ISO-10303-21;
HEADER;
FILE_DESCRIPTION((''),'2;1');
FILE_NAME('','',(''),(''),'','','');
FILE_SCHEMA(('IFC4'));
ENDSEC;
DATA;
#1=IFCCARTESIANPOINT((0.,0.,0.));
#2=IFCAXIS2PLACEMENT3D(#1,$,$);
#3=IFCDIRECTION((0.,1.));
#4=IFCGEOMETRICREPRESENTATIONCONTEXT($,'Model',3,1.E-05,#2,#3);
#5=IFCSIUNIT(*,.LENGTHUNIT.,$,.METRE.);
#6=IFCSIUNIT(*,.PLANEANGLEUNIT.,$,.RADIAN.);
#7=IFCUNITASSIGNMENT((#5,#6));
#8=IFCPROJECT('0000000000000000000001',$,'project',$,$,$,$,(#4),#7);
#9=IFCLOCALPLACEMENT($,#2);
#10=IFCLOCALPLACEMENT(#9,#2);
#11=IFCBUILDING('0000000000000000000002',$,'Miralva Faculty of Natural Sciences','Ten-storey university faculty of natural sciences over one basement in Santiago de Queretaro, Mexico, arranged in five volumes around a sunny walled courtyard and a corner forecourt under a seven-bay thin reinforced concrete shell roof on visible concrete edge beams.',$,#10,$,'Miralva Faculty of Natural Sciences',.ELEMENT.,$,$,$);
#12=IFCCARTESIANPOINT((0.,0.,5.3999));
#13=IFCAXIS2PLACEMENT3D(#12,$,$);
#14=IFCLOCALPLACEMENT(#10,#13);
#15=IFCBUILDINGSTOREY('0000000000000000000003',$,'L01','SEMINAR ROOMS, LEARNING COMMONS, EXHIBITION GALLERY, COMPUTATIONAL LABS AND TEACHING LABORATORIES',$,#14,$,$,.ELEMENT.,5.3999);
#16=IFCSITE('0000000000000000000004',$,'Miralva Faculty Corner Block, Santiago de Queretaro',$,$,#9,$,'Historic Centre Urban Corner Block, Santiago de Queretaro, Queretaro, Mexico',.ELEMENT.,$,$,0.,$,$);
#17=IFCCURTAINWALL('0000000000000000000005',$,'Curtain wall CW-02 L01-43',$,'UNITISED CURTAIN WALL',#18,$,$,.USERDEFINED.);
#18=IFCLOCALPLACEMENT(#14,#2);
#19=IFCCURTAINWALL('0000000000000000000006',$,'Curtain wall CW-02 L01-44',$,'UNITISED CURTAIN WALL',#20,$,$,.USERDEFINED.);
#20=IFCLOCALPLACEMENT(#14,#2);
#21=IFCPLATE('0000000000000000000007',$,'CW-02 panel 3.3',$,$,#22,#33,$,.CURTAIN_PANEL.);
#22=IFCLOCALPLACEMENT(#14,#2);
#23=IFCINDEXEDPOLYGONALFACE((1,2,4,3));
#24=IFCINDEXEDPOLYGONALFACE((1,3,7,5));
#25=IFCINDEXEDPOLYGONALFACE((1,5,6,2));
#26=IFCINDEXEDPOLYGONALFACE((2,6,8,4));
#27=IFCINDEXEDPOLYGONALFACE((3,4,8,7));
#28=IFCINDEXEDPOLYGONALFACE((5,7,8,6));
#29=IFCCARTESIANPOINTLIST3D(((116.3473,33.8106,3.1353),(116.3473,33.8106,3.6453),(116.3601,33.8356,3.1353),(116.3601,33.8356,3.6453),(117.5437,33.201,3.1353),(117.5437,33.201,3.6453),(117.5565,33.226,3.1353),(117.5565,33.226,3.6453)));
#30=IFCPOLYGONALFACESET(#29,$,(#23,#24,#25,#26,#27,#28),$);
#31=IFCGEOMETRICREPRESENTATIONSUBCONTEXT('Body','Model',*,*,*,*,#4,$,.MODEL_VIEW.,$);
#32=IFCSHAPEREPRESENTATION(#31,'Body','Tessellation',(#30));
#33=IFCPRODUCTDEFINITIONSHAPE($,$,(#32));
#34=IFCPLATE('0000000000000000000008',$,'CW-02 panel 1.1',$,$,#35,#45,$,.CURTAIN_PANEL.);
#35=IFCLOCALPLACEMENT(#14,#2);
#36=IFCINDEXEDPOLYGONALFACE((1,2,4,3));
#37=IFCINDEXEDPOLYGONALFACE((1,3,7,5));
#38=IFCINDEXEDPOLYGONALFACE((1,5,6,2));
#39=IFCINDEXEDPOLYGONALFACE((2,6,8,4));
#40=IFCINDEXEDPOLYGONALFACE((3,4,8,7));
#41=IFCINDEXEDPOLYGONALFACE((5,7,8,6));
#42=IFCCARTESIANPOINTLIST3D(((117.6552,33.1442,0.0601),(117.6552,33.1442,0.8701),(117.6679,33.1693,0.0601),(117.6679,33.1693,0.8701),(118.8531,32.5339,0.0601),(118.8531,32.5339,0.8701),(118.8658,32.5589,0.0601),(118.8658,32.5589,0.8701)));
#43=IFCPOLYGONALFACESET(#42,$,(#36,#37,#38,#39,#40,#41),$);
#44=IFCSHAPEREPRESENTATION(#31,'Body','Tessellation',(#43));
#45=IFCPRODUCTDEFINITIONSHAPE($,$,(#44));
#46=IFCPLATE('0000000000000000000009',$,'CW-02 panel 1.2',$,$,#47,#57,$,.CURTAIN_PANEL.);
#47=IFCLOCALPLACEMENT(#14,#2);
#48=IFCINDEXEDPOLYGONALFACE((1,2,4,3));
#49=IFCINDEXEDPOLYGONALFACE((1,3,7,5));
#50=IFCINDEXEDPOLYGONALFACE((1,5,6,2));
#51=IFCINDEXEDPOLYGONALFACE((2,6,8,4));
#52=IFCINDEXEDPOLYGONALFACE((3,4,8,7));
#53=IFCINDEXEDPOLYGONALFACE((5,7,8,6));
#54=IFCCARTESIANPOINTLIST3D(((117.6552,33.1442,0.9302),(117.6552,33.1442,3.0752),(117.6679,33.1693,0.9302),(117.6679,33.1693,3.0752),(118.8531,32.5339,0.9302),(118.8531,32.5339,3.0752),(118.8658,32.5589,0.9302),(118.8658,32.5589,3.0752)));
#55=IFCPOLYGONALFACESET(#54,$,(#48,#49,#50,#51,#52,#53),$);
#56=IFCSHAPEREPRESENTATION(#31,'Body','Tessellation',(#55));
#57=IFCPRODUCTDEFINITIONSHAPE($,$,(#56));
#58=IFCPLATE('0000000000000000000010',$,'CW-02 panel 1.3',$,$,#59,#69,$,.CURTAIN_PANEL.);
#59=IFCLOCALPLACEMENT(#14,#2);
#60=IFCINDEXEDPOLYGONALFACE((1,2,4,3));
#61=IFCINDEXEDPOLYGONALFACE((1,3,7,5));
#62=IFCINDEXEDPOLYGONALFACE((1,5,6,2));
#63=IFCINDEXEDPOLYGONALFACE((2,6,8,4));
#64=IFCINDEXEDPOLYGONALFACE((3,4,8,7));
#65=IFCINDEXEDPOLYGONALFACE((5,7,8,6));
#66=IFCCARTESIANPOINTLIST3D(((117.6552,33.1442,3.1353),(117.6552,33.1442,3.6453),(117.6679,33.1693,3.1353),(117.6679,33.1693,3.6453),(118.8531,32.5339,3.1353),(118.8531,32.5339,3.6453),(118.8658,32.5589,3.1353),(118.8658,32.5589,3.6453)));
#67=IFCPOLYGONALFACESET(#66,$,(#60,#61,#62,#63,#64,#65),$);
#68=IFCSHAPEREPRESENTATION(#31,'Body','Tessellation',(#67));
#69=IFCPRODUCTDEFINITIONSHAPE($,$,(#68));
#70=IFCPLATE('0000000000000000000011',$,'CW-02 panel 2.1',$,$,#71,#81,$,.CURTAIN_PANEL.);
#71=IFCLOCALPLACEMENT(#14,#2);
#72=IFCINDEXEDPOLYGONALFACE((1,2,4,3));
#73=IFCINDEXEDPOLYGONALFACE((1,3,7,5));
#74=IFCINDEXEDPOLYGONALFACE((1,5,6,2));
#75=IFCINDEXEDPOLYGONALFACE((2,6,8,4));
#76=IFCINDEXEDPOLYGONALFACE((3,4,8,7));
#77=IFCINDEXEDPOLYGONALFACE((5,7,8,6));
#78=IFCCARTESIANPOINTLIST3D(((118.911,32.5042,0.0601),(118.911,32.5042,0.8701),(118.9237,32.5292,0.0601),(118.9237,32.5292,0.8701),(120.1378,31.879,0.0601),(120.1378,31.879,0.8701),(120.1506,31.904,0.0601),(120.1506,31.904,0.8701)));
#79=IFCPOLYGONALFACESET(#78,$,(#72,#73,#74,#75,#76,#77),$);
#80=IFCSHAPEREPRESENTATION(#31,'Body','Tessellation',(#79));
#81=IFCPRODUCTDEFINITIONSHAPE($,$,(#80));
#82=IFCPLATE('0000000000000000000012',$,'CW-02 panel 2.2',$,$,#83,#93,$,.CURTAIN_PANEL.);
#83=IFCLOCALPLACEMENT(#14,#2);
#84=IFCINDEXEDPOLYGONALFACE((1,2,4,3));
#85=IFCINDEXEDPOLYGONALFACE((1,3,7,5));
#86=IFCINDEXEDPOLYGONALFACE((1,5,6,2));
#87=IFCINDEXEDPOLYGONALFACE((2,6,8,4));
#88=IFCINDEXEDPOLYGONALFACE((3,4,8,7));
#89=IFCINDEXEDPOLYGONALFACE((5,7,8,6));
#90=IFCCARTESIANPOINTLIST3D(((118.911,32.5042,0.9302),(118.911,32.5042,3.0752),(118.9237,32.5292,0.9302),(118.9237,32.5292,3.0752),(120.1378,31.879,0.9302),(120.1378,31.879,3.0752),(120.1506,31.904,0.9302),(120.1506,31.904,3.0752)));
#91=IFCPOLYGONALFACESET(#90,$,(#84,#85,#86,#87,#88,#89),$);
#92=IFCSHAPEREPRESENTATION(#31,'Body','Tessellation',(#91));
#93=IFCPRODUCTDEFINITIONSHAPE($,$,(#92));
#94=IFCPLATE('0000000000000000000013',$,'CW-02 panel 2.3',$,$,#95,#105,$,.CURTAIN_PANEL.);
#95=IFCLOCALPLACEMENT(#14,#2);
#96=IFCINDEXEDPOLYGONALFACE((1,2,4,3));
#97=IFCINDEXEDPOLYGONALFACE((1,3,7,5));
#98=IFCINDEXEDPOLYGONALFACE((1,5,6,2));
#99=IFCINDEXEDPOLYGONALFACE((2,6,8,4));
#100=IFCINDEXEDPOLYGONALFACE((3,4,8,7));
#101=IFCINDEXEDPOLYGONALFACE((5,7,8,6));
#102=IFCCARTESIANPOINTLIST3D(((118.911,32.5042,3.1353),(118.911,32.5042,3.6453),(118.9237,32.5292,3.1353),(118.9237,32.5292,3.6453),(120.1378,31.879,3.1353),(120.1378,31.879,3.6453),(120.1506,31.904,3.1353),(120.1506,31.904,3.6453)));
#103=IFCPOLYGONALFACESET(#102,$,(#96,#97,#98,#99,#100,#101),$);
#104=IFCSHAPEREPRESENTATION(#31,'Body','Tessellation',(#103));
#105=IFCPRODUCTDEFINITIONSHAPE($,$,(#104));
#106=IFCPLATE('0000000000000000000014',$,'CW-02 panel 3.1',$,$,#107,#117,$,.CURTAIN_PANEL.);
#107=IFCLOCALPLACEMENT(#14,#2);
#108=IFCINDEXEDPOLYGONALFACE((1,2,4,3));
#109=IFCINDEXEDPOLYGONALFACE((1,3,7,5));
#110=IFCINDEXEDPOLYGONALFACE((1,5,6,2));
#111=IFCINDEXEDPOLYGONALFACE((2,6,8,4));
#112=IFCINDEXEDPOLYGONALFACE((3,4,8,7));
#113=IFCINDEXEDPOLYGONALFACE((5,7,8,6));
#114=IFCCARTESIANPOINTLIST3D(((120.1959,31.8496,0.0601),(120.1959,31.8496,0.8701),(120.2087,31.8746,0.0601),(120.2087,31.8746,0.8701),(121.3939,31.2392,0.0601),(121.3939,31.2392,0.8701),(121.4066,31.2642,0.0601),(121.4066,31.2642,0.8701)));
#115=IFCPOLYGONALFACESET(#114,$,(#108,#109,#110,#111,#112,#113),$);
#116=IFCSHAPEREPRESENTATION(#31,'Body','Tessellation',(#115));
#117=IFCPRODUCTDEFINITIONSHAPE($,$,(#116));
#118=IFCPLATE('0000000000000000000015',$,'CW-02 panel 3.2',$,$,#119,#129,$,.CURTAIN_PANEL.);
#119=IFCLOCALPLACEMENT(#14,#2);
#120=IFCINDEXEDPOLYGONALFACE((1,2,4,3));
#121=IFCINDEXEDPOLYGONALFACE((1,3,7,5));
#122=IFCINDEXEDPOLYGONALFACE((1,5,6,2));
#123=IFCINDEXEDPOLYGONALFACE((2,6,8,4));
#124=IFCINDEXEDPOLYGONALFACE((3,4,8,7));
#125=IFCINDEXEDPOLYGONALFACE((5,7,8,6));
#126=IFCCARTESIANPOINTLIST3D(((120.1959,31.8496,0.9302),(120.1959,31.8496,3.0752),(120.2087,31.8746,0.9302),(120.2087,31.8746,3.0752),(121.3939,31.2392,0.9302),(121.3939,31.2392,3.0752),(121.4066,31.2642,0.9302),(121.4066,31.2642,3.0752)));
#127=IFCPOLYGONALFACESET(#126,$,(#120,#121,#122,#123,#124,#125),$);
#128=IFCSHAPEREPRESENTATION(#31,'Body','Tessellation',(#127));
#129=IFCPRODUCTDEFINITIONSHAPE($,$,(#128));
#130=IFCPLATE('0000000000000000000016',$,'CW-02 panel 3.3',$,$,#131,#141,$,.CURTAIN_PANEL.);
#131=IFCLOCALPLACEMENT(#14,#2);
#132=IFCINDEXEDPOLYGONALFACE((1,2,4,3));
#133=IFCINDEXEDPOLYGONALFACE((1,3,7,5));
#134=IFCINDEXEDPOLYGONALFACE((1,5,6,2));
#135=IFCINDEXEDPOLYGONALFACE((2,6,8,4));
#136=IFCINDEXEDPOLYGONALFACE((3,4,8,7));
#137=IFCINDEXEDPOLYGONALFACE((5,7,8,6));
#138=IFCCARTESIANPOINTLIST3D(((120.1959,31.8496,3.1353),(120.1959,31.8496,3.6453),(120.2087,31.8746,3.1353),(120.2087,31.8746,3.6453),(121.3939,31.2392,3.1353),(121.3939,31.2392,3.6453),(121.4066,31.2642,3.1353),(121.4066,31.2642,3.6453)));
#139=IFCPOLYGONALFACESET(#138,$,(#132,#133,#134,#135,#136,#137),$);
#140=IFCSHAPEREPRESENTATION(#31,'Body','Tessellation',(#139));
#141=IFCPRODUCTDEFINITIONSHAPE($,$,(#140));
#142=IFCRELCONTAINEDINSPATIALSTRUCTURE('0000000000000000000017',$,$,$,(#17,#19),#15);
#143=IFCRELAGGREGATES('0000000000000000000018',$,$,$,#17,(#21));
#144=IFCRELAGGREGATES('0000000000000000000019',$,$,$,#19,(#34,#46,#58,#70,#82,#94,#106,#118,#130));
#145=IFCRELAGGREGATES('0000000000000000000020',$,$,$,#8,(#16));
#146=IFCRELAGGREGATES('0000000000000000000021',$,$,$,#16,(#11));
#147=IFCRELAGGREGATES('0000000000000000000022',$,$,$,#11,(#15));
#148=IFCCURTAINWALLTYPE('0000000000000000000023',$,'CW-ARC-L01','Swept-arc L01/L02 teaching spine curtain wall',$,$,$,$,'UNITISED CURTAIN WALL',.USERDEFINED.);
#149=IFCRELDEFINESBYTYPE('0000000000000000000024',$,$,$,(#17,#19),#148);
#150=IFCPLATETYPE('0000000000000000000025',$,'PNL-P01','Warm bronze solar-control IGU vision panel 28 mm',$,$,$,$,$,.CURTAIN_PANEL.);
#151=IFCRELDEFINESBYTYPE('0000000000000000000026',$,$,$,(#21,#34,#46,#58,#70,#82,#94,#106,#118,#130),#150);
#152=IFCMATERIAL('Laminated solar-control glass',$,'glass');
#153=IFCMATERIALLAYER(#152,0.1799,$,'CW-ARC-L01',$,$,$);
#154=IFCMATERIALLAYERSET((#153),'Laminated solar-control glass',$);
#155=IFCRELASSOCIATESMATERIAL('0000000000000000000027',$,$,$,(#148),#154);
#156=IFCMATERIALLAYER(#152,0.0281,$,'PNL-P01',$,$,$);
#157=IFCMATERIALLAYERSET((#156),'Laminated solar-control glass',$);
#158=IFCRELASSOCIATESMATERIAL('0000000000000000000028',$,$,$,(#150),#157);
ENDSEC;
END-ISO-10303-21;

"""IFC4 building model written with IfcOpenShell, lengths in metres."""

from ifc_helpers import new_model, si_unit, direction, frame, origin, origin_2d, place, context, subcontext, project, spatial, rectangle, extrude, material, layer, layer_set, type_object, element, aggregate, save


model = new_model("IFC4")

# Units and contexts
model_context = context("Model", 3, precision=1e-05, world=origin(), true_north=direction((0.0, 1.0)))
body_context = subcontext(model_context, "Body", "Model", "MODEL_VIEW")
ifc_project = project(units=[si_unit("LENGTHUNIT", "METRE"), si_unit("PLANEANGLEUNIT", "RADIAN")], contexts=[model_context])

# Site, building, storey
site_placement = place(None, origin())
site = spatial("IfcSite", under=ifc_project, at=site_placement, Name="Miralva Faculty Corner Block, Santiago de Queretaro", LongName="Historic Centre Urban Corner Block, Santiago de Queretaro, Queretaro, Mexico", CompositionType="ELEMENT", RefElevation=0.0)
building_placement = place(site_placement, origin())
building = spatial("IfcBuilding", under=site, at=building_placement, Name="Miralva Faculty of Natural Sciences", Description="Ten-storey university faculty of natural sciences over one basement in Santiago de Queretaro, Mexico, arranged in five volumes around a sunny walled courtyard and a corner forecourt under a seven-bay thin reinforced concrete shell roof on visible concrete edge beams.", LongName="Miralva Faculty of Natural Sciences", CompositionType="ELEMENT")
storey_placement = place(building_placement, frame((0.0, 0.0, 5.3999)))
storey = spatial("IfcBuildingStorey", under=building, at=storey_placement, Name="L01", Description="SEMINAR ROOMS, LEARNING COMMONS, EXHIBITION GALLERY, COMPUTATIONAL LABS AND TEACHING LABORATORIES", CompositionType="ELEMENT", Elevation=5.3999)

# Curtain wall
ifc_material_1 = material(Name="Laminated solar-control glass", Category="glass")
ifc_layer_1 = layer(ifc_material_1, 0.1799, Name="CW-ARC-L01")
ifc_layer_set_1 = layer_set([ifc_layer_1], Name="Laminated solar-control glass")
curtain_wall_type = type_object("IfcCurtainWallType", Name="CW-ARC-L01", Description="Swept-arc L01/L02 teaching spine curtain wall", ElementType="UNITISED CURTAIN WALL", PredefinedType="USERDEFINED", material=ifc_layer_set_1)
curtain_wall_1_placement = place(storey_placement, origin())
curtain_wall_1 = element("IfcCurtainWall", 1, at=curtain_wall_1_placement, inside=storey, type_object=curtain_wall_type, Name="Curtain wall CW-02 L01-43", ObjectType="UNITISED CURTAIN WALL", PredefinedType="USERDEFINED")

# Curtain wall
curtain_wall_2_placement = place(storey_placement, origin())
curtain_wall_2 = element("IfcCurtainWall", 2, at=curtain_wall_2_placement, inside=storey, type_object=curtain_wall_type, Name="Curtain wall CW-02 L01-44", ObjectType="UNITISED CURTAIN WALL", PredefinedType="USERDEFINED")

# Plates
ifc_layer_2 = layer(ifc_material_1, 0.0281, Name="PNL-P01")
ifc_layer_set_2 = layer_set([ifc_layer_2], Name="Laminated solar-control glass")
plate_type = type_object("IfcPlateType", Name="PNL-P01", Description="Warm bronze solar-control IGU vision panel 28 mm", PredefinedType="CURTAIN_PANEL", material=ifc_layer_set_2)
plate_1_placement = place(storey_placement, frame((116.9519, 33.5183, 3.1353), z_axis=(0.0, 0.0, 1.0), x_axis=(0.891018, -0.453968, 0.0)))
plate_1 = element("IfcPlate", 3, at=plate_1_placement, type_object=plate_type, Name="CW-02 panel 3.3", PredefinedType="CURTAIN_PANEL", context=body_context, shape_type="SweptSolid", body=[
    extrude(rectangle(XDim=1.3428, YDim=0.0281, at=origin_2d()), origin(), (0.0, 0.0, 1.0), 0.51),
])
aggregate(curtain_wall_1, [plate_1])
plate_2_placement = place(storey_placement, frame((118.2605, 32.8516, 0.0601), z_axis=(0.0, 0.0, 1.0), x_axis=(0.891003, -0.453997, 0.0)))
plate_2 = element("IfcPlate", 4, at=plate_2_placement, type_object=plate_type, Name="CW-02 panel 1.1", PredefinedType="CURTAIN_PANEL", context=body_context, shape_type="SweptSolid", body=[
    extrude(rectangle(XDim=1.3445, YDim=0.0281, at=origin_2d()), origin(), (0.0, 0.0, 1.0), 0.8101),
])
plate_3_placement = place(storey_placement, frame((118.2605, 32.8516, 0.9302), z_axis=(0.0, 0.0, 1.0), x_axis=(0.891003, -0.453997, 0.0)))
plate_3 = element("IfcPlate", 5, at=plate_3_placement, type_object=plate_type, Name="CW-02 panel 1.2", PredefinedType="CURTAIN_PANEL", context=body_context, shape_type="SweptSolid", body=[
    extrude(rectangle(XDim=1.3445, YDim=0.0281, at=origin_2d()), origin(), (0.0, 0.0, 1.0), 2.145),
])
plate_4_placement = place(storey_placement, frame((118.2605, 32.8516, 3.1353), z_axis=(0.0, 0.0, 1.0), x_axis=(0.891003, -0.453997, 0.0)))
plate_4 = element("IfcPlate", 6, at=plate_4_placement, type_object=plate_type, Name="CW-02 panel 1.3", PredefinedType="CURTAIN_PANEL", context=body_context, shape_type="SweptSolid", body=[
    extrude(rectangle(XDim=1.3445, YDim=0.0281, at=origin_2d()), origin(), (0.0, 0.0, 1.0), 0.51),
])
plate_5_placement = place(storey_placement, frame((119.5308, 32.2041, 0.0601), z_axis=(0.0, 0.0, 1.0), x_axis=(0.891003, -0.453997, 0.0)))
plate_5 = element("IfcPlate", 7, at=plate_5_placement, type_object=plate_type, Name="CW-02 panel 2.1", PredefinedType="CURTAIN_PANEL", context=body_context, shape_type="SweptSolid", body=[
    extrude(rectangle(XDim=1.377, YDim=0.0281, at=origin_2d()), origin(), (0.0, 0.0, 1.0), 0.8101),
])
plate_6_placement = place(storey_placement, frame((119.5308, 32.2041, 0.9302), z_axis=(0.0, 0.0, 1.0), x_axis=(0.891003, -0.453997, 0.0)))
plate_6 = element("IfcPlate", 8, at=plate_6_placement, type_object=plate_type, Name="CW-02 panel 2.2", PredefinedType="CURTAIN_PANEL", context=body_context, shape_type="SweptSolid", body=[
    extrude(rectangle(XDim=1.377, YDim=0.0281, at=origin_2d()), origin(), (0.0, 0.0, 1.0), 2.145),
])
plate_7_placement = place(storey_placement, frame((119.5308, 32.2041, 3.1353), z_axis=(0.0, 0.0, 1.0), x_axis=(0.891003, -0.453997, 0.0)))
plate_7 = element("IfcPlate", 9, at=plate_7_placement, type_object=plate_type, Name="CW-02 panel 2.3", PredefinedType="CURTAIN_PANEL", context=body_context, shape_type="SweptSolid", body=[
    extrude(rectangle(XDim=1.377, YDim=0.0281, at=origin_2d()), origin(), (0.0, 0.0, 1.0), 0.51),
])
plate_8_placement = place(storey_placement, frame((120.8013, 31.5569, 0.0601), z_axis=(0.0, 0.0, 1.0), x_axis=(0.891003, -0.453997, 0.0)))
plate_8 = element("IfcPlate", 10, at=plate_8_placement, type_object=plate_type, Name="CW-02 panel 3.1", PredefinedType="CURTAIN_PANEL", context=body_context, shape_type="SweptSolid", body=[
    extrude(rectangle(XDim=1.3445, YDim=0.0281, at=origin_2d()), origin(), (0.0, 0.0, 1.0), 0.8101),
])
plate_9_placement = place(storey_placement, frame((120.8013, 31.5569, 0.9302), z_axis=(0.0, 0.0, 1.0), x_axis=(0.891003, -0.453997, 0.0)))
plate_9 = element("IfcPlate", 11, at=plate_9_placement, type_object=plate_type, Name="CW-02 panel 3.2", PredefinedType="CURTAIN_PANEL", context=body_context, shape_type="SweptSolid", body=[
    extrude(rectangle(XDim=1.3445, YDim=0.0281, at=origin_2d()), origin(), (0.0, 0.0, 1.0), 2.145),
])
plate_10_placement = place(storey_placement, frame((120.8013, 31.5569, 3.1353), z_axis=(0.0, 0.0, 1.0), x_axis=(0.891003, -0.453997, 0.0)))
plate_10 = element("IfcPlate", 12, at=plate_10_placement, type_object=plate_type, Name="CW-02 panel 3.3", PredefinedType="CURTAIN_PANEL", context=body_context, shape_type="SweptSolid", body=[
    extrude(rectangle(XDim=1.3445, YDim=0.0281, at=origin_2d()), origin(), (0.0, 0.0, 1.0), 0.51),
])
aggregate(curtain_wall_2, [plate_2, plate_3, plate_4, plate_5, plate_6, plate_7, plate_8, plate_9, plate_10])

save(model, "model.ifc")
